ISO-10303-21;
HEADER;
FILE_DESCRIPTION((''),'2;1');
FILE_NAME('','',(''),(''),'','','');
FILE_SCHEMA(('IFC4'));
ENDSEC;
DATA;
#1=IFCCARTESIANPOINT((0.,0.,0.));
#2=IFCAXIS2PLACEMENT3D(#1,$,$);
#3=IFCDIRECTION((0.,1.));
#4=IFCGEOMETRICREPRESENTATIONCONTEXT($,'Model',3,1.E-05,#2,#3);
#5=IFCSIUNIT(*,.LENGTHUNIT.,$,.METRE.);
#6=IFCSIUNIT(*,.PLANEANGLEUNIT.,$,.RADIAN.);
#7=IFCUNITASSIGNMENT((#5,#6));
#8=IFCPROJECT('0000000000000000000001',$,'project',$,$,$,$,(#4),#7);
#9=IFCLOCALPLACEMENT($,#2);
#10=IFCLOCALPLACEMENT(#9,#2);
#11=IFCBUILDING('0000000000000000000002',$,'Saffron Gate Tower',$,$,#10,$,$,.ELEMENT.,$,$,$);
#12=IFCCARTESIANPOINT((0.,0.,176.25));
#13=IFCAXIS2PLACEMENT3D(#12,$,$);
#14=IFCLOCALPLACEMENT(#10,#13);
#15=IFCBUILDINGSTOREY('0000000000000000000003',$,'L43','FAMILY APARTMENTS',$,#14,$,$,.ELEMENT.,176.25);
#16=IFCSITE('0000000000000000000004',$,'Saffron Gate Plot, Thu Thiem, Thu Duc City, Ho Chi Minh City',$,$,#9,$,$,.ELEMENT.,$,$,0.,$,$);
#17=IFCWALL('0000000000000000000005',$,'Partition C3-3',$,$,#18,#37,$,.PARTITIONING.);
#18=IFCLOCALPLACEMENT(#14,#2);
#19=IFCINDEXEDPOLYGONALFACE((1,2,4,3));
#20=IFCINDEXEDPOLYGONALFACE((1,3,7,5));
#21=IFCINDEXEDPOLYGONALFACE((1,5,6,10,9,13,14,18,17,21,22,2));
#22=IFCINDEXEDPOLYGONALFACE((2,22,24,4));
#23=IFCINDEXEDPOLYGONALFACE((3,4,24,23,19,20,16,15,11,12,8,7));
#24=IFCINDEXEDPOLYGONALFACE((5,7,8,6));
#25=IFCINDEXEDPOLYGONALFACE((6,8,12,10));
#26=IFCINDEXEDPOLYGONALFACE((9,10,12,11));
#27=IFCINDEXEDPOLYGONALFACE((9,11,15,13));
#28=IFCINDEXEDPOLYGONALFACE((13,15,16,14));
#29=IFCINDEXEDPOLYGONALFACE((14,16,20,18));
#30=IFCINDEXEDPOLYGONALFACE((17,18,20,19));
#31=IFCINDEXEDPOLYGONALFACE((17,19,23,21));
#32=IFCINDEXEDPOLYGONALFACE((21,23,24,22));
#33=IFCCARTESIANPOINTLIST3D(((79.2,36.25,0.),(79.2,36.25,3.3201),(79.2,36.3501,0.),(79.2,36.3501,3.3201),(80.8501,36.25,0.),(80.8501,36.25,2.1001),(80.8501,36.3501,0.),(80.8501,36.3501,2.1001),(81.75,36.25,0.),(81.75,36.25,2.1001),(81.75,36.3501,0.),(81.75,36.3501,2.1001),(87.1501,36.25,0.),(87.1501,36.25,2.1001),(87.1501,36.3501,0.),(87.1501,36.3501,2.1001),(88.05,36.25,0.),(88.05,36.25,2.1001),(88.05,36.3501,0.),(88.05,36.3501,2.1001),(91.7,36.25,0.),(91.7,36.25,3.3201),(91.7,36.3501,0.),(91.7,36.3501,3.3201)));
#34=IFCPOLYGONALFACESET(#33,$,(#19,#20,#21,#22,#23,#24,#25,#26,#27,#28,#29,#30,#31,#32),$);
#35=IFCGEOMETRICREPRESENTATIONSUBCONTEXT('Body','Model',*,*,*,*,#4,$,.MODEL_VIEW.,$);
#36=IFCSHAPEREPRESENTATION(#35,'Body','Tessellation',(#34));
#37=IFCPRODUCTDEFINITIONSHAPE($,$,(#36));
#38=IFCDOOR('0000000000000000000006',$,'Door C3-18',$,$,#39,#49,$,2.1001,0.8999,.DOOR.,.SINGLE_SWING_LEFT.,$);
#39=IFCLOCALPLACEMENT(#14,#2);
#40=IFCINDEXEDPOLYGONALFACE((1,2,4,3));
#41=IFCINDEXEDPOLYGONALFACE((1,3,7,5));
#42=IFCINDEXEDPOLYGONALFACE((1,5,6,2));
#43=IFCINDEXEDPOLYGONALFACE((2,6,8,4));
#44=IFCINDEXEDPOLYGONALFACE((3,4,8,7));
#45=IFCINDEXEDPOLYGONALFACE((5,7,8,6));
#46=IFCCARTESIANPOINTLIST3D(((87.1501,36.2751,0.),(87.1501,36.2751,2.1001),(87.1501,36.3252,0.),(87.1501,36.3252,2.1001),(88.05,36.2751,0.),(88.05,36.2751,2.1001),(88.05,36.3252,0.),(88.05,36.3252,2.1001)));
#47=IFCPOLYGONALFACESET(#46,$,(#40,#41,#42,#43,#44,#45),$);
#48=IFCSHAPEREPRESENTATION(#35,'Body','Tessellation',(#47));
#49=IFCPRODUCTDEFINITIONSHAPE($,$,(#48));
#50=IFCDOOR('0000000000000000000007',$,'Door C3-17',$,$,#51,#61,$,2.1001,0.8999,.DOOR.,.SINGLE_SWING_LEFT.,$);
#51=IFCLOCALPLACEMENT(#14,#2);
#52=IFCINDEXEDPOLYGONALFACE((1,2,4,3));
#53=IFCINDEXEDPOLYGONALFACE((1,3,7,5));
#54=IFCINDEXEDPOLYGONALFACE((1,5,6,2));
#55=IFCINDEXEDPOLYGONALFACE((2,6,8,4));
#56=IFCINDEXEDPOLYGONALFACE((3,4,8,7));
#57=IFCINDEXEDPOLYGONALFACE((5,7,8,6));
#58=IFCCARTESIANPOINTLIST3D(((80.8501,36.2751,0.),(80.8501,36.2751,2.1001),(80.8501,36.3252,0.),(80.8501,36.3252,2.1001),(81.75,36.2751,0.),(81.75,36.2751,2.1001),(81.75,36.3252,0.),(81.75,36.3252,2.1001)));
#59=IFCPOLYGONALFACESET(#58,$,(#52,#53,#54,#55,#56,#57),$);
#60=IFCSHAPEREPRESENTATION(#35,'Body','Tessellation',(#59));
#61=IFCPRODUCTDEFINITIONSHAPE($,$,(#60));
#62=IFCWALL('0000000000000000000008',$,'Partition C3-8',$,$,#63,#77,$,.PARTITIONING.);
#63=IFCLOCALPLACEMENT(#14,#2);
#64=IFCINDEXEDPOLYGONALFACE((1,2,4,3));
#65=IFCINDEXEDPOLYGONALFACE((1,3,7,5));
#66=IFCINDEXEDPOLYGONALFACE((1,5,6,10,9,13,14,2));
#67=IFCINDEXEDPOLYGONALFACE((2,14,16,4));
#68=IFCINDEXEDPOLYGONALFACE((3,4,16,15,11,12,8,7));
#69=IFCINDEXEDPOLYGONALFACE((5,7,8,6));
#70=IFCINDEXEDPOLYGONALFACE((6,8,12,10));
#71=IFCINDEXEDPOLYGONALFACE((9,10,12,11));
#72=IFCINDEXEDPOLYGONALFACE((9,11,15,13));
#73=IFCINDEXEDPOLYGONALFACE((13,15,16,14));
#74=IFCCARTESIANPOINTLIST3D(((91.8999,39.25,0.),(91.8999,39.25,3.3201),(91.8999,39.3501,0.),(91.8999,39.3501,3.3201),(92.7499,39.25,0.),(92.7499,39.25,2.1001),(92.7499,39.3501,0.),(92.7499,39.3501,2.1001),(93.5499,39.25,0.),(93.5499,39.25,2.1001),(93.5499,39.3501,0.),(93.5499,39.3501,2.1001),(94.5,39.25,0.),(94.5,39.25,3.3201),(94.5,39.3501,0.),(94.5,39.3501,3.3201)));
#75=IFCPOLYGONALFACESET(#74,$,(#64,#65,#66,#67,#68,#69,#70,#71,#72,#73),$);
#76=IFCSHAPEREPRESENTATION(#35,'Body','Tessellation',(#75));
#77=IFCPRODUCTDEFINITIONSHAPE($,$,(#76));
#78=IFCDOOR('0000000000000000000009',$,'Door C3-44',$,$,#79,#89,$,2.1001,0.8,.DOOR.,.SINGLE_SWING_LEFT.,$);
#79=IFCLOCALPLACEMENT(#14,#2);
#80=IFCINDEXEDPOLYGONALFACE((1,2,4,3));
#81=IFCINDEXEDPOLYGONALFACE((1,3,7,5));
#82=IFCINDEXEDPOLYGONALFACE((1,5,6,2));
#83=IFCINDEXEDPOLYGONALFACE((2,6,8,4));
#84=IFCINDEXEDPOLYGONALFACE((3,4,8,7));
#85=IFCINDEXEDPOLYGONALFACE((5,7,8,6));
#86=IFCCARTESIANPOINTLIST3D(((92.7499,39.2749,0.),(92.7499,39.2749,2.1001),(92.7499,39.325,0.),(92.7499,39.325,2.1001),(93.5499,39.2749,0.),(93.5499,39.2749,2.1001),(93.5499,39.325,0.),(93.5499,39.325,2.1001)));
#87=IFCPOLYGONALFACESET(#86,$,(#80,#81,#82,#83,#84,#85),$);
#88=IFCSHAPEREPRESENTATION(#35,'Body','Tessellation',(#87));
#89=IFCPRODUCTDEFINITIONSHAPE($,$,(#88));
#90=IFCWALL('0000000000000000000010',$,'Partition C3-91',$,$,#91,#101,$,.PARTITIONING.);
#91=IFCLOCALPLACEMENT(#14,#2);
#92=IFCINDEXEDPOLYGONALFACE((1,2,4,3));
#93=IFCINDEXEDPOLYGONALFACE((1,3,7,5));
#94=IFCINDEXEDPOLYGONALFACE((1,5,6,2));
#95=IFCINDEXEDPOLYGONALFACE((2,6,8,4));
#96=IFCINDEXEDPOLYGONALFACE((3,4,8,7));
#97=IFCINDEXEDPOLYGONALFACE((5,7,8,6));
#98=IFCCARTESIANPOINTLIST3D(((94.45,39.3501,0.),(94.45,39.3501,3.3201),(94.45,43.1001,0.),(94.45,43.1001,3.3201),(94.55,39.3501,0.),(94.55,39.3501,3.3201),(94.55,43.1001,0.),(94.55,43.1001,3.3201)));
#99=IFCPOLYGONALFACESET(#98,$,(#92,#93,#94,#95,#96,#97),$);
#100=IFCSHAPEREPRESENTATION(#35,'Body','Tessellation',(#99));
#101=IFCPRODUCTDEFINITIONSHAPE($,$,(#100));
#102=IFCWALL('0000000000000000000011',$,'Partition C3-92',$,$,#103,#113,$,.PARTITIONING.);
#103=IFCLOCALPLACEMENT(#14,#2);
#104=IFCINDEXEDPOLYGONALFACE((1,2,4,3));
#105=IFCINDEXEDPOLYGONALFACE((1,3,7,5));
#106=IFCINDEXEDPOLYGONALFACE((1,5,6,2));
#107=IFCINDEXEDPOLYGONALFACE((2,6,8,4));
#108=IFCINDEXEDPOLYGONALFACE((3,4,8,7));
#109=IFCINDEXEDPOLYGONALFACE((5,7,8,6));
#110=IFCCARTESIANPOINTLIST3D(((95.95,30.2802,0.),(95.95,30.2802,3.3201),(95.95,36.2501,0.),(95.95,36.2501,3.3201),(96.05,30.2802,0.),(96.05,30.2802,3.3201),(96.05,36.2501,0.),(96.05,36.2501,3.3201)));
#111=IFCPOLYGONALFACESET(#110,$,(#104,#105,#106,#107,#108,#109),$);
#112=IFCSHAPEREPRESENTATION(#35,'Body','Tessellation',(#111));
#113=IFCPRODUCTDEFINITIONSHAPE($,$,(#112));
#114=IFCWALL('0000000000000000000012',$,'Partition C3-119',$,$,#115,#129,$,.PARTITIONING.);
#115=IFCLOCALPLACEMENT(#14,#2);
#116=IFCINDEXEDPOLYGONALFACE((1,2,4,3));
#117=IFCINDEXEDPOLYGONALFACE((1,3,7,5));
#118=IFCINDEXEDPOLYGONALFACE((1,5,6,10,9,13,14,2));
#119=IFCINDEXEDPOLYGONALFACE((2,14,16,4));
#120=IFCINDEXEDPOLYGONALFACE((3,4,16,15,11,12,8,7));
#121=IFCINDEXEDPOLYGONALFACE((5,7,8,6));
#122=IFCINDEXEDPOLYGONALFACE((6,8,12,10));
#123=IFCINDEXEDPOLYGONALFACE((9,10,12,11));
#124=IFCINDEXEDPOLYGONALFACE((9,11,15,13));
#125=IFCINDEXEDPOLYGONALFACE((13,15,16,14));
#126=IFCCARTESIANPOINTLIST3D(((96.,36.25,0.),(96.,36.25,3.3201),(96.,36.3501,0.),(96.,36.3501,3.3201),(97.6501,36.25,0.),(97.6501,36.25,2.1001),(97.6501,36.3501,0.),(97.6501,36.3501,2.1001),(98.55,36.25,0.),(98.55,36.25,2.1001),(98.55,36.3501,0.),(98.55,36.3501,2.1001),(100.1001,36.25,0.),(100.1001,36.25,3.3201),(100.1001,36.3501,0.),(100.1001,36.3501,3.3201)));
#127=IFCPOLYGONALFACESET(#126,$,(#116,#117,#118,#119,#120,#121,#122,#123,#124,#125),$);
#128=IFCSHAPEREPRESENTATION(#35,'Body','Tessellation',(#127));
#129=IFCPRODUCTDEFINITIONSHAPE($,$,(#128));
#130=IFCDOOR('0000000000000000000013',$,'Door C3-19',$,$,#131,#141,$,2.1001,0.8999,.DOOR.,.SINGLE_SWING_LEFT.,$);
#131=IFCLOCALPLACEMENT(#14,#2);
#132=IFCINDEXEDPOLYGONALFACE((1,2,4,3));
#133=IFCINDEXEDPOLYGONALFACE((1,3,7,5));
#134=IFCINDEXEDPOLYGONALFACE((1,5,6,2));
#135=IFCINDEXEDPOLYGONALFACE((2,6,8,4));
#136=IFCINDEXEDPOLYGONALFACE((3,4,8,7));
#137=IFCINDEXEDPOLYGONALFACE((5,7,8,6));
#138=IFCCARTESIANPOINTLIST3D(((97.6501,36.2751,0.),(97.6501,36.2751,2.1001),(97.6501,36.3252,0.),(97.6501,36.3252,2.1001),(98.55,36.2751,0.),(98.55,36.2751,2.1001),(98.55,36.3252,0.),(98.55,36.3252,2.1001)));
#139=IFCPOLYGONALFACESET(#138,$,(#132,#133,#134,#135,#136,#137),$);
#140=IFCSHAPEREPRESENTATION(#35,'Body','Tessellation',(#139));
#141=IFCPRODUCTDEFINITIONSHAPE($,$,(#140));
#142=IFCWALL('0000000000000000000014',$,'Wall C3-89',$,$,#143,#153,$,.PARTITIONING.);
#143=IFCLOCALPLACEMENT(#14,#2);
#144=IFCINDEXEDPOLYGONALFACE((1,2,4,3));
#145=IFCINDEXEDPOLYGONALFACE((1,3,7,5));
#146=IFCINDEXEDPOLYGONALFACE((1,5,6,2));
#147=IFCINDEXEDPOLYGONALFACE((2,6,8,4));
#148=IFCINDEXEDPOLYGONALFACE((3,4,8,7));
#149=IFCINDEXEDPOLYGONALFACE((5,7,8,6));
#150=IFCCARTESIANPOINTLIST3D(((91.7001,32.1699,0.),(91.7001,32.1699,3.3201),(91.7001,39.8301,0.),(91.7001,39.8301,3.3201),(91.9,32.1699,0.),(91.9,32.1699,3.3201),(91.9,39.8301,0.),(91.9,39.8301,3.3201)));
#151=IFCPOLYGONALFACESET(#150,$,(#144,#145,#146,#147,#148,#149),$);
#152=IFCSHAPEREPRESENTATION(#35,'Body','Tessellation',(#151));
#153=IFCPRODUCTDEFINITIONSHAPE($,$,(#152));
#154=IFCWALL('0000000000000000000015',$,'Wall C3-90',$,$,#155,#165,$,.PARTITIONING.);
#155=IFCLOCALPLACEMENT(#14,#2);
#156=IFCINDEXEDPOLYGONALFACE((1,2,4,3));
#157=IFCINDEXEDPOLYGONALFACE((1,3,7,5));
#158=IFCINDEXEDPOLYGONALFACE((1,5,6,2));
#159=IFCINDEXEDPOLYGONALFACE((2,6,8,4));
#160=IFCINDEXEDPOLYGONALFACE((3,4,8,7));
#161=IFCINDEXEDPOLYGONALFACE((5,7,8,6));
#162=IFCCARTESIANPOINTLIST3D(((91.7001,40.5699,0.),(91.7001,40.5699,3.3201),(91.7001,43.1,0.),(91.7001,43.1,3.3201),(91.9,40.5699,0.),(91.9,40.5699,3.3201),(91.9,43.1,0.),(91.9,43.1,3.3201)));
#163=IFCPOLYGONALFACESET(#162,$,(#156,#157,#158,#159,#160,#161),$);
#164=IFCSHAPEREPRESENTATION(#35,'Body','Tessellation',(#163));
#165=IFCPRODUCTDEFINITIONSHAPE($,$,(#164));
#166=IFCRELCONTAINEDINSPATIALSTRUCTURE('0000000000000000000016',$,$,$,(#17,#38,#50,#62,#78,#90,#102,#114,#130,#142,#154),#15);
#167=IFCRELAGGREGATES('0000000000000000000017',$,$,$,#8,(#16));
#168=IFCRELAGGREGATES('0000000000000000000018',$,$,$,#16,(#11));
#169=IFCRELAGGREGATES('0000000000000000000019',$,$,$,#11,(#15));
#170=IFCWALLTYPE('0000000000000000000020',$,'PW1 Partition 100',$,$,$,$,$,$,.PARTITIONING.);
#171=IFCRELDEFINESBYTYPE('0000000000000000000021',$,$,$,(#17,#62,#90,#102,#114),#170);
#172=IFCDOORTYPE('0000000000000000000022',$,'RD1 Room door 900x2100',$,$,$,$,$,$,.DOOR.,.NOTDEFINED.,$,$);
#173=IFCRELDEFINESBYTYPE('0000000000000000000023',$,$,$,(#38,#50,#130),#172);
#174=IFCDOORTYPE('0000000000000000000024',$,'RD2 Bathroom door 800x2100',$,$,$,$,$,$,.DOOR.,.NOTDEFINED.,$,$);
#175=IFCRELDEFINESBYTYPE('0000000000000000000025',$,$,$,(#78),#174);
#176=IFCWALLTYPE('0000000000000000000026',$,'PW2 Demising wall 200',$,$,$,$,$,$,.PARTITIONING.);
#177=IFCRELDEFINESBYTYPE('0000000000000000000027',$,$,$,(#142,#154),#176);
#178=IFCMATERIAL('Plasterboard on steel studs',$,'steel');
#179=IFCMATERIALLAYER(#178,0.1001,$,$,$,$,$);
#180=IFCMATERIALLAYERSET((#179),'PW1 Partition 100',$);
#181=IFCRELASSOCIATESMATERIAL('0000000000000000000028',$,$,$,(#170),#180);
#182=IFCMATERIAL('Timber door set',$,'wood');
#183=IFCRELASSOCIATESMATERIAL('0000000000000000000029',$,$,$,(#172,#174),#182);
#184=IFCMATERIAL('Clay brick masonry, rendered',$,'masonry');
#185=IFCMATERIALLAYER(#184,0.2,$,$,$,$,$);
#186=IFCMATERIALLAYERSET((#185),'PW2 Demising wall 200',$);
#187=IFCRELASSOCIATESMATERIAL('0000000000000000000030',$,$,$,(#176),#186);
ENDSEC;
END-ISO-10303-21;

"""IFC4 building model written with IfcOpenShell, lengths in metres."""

from ifc_helpers import new_model, si_unit, direction, frame, frame_2d, origin, place, context, subcontext, project, spatial, rectangle, extrude, material, layer, layer_set, type_object, element, fill, save


model = new_model("IFC4")

# Units and contexts
model_context = context("Model", 3, precision=1e-05, world=origin(), true_north=direction((0.0, 1.0)))
body_context = subcontext(model_context, "Body", "Model", "MODEL_VIEW")
ifc_project = project(units=[si_unit("LENGTHUNIT", "METRE"), si_unit("PLANEANGLEUNIT", "RADIAN")], contexts=[model_context])

# Site, building, storey
site_placement = place(None, origin())
site = spatial("IfcSite", under=ifc_project, at=site_placement, Name="Saffron Gate Plot, Thu Thiem, Thu Duc City, Ho Chi Minh City", CompositionType="ELEMENT", RefElevation=0.0)
building_placement = place(site_placement, origin())
building = spatial("IfcBuilding", under=site, at=building_placement, Name="Saffron Gate Tower", CompositionType="ELEMENT")
storey_placement = place(building_placement, frame((0.0, 0.0, 176.25)))
storey = spatial("IfcBuildingStorey", under=building, at=storey_placement, Name="L43", Description="FAMILY APARTMENTS", CompositionType="ELEMENT", Elevation=176.25)

# Wall, openings, doors
ifc_material_1 = material(Name="Plasterboard on steel studs", Category="steel")
ifc_layer_1 = layer(ifc_material_1, 0.1001)
ifc_layer_set_1 = layer_set([ifc_layer_1], Name="PW1 Partition 100")
wall_type_1 = type_object("IfcWallType", Name="PW1 Partition 100", PredefinedType="PARTITIONING", material=ifc_layer_set_1)
wall_1_placement = place(storey_placement, frame((91.7, 36.3, 0.0), z_axis=(0.0, 0.0, 1.0), x_axis=(-1.0, 0.0, 0.0)))
wall_1 = element("IfcWall", 1, at=wall_1_placement, inside=storey, type_object=wall_type_1, Name="Partition C3-3", PredefinedType="PARTITIONING", context=body_context, shape_type="SweptSolid", body=[
    extrude(rectangle(XDim=12.5, YDim=0.1001, at=frame_2d((6.25, 0.0))), origin(), (0.0, 0.0, 1.0), 3.3201),
])
opening_1_placement = place(wall_1_placement, frame((3.6499, 0.0, 0.0)))
opening_1 = element("IfcOpeningElement", 2, at=opening_1_placement, cuts=wall_1, PredefinedType="OPENING", context=body_context, shape_type="SweptSolid", body=[
    extrude(rectangle(XDim=0.8999, YDim=2.1001, at=frame_2d((0.45, 1.05))), frame((0.0, 0.0601, 0.0), z_axis=(0.0, -1.0, 0.0), x_axis=(1.0, 0.0, 0.0)), (0.0, 0.0, 1.0), 0.1201),
])
opening_2_placement = place(wall_1_placement, frame((9.95, 0.0, 0.0)))
opening_2 = element("IfcOpeningElement", 3, at=opening_2_placement, cuts=wall_1, PredefinedType="OPENING", context=body_context, shape_type="SweptSolid", body=[
    extrude(rectangle(XDim=0.8999, YDim=2.1001, at=frame_2d((0.45, 1.05))), frame((0.0, 0.0601, 0.0), z_axis=(0.0, -1.0, 0.0), x_axis=(1.0, 0.0, 0.0)), (0.0, 0.0, 1.0), 0.1201),
])
ifc_material_2 = material(Name="Timber door set", Category="wood")
door_type_1 = type_object("IfcDoorType", Name="RD1 Room door 900x2100", OperationType="NOTDEFINED", PredefinedType="DOOR", material=ifc_material_2)
door_1_placement = place(opening_1_placement, origin())
door_1 = element("IfcDoor", 4, at=door_1_placement, inside=storey, type_object=door_type_1, Name="Door C3-18", OperationType="SINGLE_SWING_LEFT", OverallHeight=2.1001, OverallWidth=0.8999, PredefinedType="DOOR", context=body_context, shape_type="SweptSolid", body=[
    extrude(rectangle(XDim=0.8999, YDim=2.1001, at=frame_2d((0.45, 1.05))), frame((0.0, 0.0249, 0.0), z_axis=(0.0, -1.0, 0.0), x_axis=(1.0, 0.0, 0.0)), (0.0, 0.0, 1.0), 0.05),
])
fill(opening_1, door_1)
door_2_placement = place(opening_2_placement, origin())
door_2 = element("IfcDoor", 5, at=door_2_placement, inside=storey, type_object=door_type_1, Name="Door C3-17", OperationType="SINGLE_SWING_LEFT", OverallHeight=2.1001, OverallWidth=0.8999, PredefinedType="DOOR", context=body_context, shape_type="SweptSolid", body=[
    extrude(rectangle(XDim=0.8999, YDim=2.1001, at=frame_2d((0.45, 1.05))), frame((0.0, 0.0249, 0.0), z_axis=(0.0, -1.0, 0.0), x_axis=(1.0, 0.0, 0.0)), (0.0, 0.0, 1.0), 0.05),
])
fill(opening_2, door_2)

# Wall, opening, door
wall_2_placement = place(storey_placement, frame((91.8999, 39.3, 0.0), z_axis=(0.0, 0.0, 1.0), x_axis=(1.0, 0.0, 0.0)))
wall_2 = element("IfcWall", 6, at=wall_2_placement, inside=storey, type_object=wall_type_1, Name="Partition C3-8", PredefinedType="PARTITIONING", context=body_context, shape_type="SweptSolid", body=[
    extrude(rectangle(XDim=2.6001, YDim=0.1001, at=frame_2d((1.3, 0.0))), origin(), (0.0, 0.0, 1.0), 3.3201),
])
opening_3_placement = place(wall_2_placement, frame((0.8501, 0.0, 0.0)))
opening_3 = element("IfcOpeningElement", 7, at=opening_3_placement, cuts=wall_2, PredefinedType="OPENING", context=body_context, shape_type="SweptSolid", body=[
    extrude(rectangle(XDim=0.8, YDim=2.1001, at=frame_2d((0.3999, 1.05))), frame((0.0, 0.0601, 0.0), z_axis=(0.0, -1.0, 0.0), x_axis=(1.0, 0.0, 0.0)), (0.0, 0.0, 1.0), 0.1201),
])
door_type_2 = type_object("IfcDoorType", Name="RD2 Bathroom door 800x2100", OperationType="NOTDEFINED", PredefinedType="DOOR", material=ifc_material_2)
door_3_placement = place(opening_3_placement, origin())
door_3 = element("IfcDoor", 8, at=door_3_placement, inside=storey, type_object=door_type_2, Name="Door C3-44", OperationType="SINGLE_SWING_LEFT", OverallHeight=2.1001, OverallWidth=0.8, PredefinedType="DOOR", context=body_context, shape_type="SweptSolid", body=[
    extrude(rectangle(XDim=0.8, YDim=2.1001, at=frame_2d((0.3999, 1.05))), frame((0.0, 0.0249, 0.0), z_axis=(0.0, -1.0, 0.0), x_axis=(1.0, 0.0, 0.0)), (0.0, 0.0, 1.0), 0.05),
])
fill(opening_3, door_3)

# Walls
wall_3_placement = place(storey_placement, frame((94.5, 43.1001, 0.0), z_axis=(0.0, 0.0, 1.0), x_axis=(0.0, -1.0, 0.0)))
element("IfcWall", 9, at=wall_3_placement, inside=storey, type_object=wall_type_1, Name="Partition C3-91", PredefinedType="PARTITIONING", context=body_context, shape_type="SweptSolid", body=[
    extrude(rectangle(XDim=3.75, YDim=0.1001, at=frame_2d((1.875, 0.0))), origin(), (0.0, 0.0, 1.0), 3.3201),
])
wall_4_placement = place(storey_placement, frame((96.0, 36.25, 0.0), z_axis=(0.0, 0.0, 1.0), x_axis=(0.0, -1.0, 0.0)))
element("IfcWall", 10, at=wall_4_placement, inside=storey, type_object=wall_type_1, Name="Partition C3-92", PredefinedType="PARTITIONING", context=body_context, shape_type="SweptSolid", body=[
    extrude(rectangle(XDim=5.97, YDim=0.1001, at=frame_2d((2.9849, 0.0))), origin(), (0.0, 0.0, 1.0), 3.3201),
])

# Wall, opening, door
wall_5_placement = place(storey_placement, frame((100.1001, 36.3, 0.0), z_axis=(0.0, 0.0, 1.0), x_axis=(-1.0, 0.0, 0.0)))
wall_5 = element("IfcWall", 11, at=wall_5_placement, inside=storey, type_object=wall_type_1, Name="Partition C3-119", PredefinedType="PARTITIONING", context=body_context, shape_type="SweptSolid", body=[
    extrude(rectangle(XDim=4.1001, YDim=0.1001, at=frame_2d((2.05, 0.0))), origin(), (0.0, 0.0, 1.0), 3.3201),
])
opening_4_placement = place(wall_5_placement, frame((1.55, 0.0, 0.0)))
opening_4 = element("IfcOpeningElement", 12, at=opening_4_placement, cuts=wall_5, PredefinedType="OPENING", context=body_context, shape_type="SweptSolid", body=[
    extrude(rectangle(XDim=0.8999, YDim=2.1001, at=frame_2d((0.45, 1.05))), frame((0.0, 0.0601, 0.0), z_axis=(0.0, -1.0, 0.0), x_axis=(1.0, 0.0, 0.0)), (0.0, 0.0, 1.0), 0.1201),
])
door_4_placement = place(opening_4_placement, origin())
door_4 = element("IfcDoor", 13, at=door_4_placement, inside=storey, type_object=door_type_1, Name="Door C3-19", OperationType="SINGLE_SWING_LEFT", OverallHeight=2.1001, OverallWidth=0.8999, PredefinedType="DOOR", context=body_context, shape_type="SweptSolid", body=[
    extrude(rectangle(XDim=0.8999, YDim=2.1001, at=frame_2d((0.45, 1.05))), frame((0.0, 0.0249, 0.0), z_axis=(0.0, -1.0, 0.0), x_axis=(1.0, 0.0, 0.0)), (0.0, 0.0, 1.0), 0.05),
])
fill(opening_4, door_4)

# Walls
ifc_material_3 = material(Name="Clay brick masonry, rendered", Category="masonry")
ifc_layer_2 = layer(ifc_material_3, 0.2)
ifc_layer_set_2 = layer_set([ifc_layer_2], Name="PW2 Demising wall 200")
wall_type_2 = type_object("IfcWallType", Name="PW2 Demising wall 200", PredefinedType="PARTITIONING", material=ifc_layer_set_2)
wall_6_placement = place(storey_placement, frame((91.8, 39.8301, 0.0), z_axis=(0.0, 0.0, 1.0), x_axis=(0.0, -1.0, 0.0)))
element("IfcWall", 14, at=wall_6_placement, inside=storey, type_object=wall_type_2, Name="Wall C3-89", PredefinedType="PARTITIONING", context=body_context, shape_type="SweptSolid", body=[
    extrude(rectangle(XDim=7.6602, YDim=0.2, at=frame_2d((3.8301, 0.0))), origin(), (0.0, 0.0, 1.0), 3.3201),
])
wall_7_placement = place(storey_placement, frame((91.8, 43.1001, 0.0), z_axis=(0.0, 0.0, 1.0), x_axis=(0.0, -1.0, 0.0)))
element("IfcWall", 15, at=wall_7_placement, inside=storey, type_object=wall_type_2, Name="Wall C3-90", PredefinedType="PARTITIONING", context=body_context, shape_type="SweptSolid", body=[
    extrude(rectangle(XDim=2.53, YDim=0.2, at=frame_2d((1.2651, 0.0))), origin(), (0.0, 0.0, 1.0), 3.3201),
])

save(model, "model.ifc")
